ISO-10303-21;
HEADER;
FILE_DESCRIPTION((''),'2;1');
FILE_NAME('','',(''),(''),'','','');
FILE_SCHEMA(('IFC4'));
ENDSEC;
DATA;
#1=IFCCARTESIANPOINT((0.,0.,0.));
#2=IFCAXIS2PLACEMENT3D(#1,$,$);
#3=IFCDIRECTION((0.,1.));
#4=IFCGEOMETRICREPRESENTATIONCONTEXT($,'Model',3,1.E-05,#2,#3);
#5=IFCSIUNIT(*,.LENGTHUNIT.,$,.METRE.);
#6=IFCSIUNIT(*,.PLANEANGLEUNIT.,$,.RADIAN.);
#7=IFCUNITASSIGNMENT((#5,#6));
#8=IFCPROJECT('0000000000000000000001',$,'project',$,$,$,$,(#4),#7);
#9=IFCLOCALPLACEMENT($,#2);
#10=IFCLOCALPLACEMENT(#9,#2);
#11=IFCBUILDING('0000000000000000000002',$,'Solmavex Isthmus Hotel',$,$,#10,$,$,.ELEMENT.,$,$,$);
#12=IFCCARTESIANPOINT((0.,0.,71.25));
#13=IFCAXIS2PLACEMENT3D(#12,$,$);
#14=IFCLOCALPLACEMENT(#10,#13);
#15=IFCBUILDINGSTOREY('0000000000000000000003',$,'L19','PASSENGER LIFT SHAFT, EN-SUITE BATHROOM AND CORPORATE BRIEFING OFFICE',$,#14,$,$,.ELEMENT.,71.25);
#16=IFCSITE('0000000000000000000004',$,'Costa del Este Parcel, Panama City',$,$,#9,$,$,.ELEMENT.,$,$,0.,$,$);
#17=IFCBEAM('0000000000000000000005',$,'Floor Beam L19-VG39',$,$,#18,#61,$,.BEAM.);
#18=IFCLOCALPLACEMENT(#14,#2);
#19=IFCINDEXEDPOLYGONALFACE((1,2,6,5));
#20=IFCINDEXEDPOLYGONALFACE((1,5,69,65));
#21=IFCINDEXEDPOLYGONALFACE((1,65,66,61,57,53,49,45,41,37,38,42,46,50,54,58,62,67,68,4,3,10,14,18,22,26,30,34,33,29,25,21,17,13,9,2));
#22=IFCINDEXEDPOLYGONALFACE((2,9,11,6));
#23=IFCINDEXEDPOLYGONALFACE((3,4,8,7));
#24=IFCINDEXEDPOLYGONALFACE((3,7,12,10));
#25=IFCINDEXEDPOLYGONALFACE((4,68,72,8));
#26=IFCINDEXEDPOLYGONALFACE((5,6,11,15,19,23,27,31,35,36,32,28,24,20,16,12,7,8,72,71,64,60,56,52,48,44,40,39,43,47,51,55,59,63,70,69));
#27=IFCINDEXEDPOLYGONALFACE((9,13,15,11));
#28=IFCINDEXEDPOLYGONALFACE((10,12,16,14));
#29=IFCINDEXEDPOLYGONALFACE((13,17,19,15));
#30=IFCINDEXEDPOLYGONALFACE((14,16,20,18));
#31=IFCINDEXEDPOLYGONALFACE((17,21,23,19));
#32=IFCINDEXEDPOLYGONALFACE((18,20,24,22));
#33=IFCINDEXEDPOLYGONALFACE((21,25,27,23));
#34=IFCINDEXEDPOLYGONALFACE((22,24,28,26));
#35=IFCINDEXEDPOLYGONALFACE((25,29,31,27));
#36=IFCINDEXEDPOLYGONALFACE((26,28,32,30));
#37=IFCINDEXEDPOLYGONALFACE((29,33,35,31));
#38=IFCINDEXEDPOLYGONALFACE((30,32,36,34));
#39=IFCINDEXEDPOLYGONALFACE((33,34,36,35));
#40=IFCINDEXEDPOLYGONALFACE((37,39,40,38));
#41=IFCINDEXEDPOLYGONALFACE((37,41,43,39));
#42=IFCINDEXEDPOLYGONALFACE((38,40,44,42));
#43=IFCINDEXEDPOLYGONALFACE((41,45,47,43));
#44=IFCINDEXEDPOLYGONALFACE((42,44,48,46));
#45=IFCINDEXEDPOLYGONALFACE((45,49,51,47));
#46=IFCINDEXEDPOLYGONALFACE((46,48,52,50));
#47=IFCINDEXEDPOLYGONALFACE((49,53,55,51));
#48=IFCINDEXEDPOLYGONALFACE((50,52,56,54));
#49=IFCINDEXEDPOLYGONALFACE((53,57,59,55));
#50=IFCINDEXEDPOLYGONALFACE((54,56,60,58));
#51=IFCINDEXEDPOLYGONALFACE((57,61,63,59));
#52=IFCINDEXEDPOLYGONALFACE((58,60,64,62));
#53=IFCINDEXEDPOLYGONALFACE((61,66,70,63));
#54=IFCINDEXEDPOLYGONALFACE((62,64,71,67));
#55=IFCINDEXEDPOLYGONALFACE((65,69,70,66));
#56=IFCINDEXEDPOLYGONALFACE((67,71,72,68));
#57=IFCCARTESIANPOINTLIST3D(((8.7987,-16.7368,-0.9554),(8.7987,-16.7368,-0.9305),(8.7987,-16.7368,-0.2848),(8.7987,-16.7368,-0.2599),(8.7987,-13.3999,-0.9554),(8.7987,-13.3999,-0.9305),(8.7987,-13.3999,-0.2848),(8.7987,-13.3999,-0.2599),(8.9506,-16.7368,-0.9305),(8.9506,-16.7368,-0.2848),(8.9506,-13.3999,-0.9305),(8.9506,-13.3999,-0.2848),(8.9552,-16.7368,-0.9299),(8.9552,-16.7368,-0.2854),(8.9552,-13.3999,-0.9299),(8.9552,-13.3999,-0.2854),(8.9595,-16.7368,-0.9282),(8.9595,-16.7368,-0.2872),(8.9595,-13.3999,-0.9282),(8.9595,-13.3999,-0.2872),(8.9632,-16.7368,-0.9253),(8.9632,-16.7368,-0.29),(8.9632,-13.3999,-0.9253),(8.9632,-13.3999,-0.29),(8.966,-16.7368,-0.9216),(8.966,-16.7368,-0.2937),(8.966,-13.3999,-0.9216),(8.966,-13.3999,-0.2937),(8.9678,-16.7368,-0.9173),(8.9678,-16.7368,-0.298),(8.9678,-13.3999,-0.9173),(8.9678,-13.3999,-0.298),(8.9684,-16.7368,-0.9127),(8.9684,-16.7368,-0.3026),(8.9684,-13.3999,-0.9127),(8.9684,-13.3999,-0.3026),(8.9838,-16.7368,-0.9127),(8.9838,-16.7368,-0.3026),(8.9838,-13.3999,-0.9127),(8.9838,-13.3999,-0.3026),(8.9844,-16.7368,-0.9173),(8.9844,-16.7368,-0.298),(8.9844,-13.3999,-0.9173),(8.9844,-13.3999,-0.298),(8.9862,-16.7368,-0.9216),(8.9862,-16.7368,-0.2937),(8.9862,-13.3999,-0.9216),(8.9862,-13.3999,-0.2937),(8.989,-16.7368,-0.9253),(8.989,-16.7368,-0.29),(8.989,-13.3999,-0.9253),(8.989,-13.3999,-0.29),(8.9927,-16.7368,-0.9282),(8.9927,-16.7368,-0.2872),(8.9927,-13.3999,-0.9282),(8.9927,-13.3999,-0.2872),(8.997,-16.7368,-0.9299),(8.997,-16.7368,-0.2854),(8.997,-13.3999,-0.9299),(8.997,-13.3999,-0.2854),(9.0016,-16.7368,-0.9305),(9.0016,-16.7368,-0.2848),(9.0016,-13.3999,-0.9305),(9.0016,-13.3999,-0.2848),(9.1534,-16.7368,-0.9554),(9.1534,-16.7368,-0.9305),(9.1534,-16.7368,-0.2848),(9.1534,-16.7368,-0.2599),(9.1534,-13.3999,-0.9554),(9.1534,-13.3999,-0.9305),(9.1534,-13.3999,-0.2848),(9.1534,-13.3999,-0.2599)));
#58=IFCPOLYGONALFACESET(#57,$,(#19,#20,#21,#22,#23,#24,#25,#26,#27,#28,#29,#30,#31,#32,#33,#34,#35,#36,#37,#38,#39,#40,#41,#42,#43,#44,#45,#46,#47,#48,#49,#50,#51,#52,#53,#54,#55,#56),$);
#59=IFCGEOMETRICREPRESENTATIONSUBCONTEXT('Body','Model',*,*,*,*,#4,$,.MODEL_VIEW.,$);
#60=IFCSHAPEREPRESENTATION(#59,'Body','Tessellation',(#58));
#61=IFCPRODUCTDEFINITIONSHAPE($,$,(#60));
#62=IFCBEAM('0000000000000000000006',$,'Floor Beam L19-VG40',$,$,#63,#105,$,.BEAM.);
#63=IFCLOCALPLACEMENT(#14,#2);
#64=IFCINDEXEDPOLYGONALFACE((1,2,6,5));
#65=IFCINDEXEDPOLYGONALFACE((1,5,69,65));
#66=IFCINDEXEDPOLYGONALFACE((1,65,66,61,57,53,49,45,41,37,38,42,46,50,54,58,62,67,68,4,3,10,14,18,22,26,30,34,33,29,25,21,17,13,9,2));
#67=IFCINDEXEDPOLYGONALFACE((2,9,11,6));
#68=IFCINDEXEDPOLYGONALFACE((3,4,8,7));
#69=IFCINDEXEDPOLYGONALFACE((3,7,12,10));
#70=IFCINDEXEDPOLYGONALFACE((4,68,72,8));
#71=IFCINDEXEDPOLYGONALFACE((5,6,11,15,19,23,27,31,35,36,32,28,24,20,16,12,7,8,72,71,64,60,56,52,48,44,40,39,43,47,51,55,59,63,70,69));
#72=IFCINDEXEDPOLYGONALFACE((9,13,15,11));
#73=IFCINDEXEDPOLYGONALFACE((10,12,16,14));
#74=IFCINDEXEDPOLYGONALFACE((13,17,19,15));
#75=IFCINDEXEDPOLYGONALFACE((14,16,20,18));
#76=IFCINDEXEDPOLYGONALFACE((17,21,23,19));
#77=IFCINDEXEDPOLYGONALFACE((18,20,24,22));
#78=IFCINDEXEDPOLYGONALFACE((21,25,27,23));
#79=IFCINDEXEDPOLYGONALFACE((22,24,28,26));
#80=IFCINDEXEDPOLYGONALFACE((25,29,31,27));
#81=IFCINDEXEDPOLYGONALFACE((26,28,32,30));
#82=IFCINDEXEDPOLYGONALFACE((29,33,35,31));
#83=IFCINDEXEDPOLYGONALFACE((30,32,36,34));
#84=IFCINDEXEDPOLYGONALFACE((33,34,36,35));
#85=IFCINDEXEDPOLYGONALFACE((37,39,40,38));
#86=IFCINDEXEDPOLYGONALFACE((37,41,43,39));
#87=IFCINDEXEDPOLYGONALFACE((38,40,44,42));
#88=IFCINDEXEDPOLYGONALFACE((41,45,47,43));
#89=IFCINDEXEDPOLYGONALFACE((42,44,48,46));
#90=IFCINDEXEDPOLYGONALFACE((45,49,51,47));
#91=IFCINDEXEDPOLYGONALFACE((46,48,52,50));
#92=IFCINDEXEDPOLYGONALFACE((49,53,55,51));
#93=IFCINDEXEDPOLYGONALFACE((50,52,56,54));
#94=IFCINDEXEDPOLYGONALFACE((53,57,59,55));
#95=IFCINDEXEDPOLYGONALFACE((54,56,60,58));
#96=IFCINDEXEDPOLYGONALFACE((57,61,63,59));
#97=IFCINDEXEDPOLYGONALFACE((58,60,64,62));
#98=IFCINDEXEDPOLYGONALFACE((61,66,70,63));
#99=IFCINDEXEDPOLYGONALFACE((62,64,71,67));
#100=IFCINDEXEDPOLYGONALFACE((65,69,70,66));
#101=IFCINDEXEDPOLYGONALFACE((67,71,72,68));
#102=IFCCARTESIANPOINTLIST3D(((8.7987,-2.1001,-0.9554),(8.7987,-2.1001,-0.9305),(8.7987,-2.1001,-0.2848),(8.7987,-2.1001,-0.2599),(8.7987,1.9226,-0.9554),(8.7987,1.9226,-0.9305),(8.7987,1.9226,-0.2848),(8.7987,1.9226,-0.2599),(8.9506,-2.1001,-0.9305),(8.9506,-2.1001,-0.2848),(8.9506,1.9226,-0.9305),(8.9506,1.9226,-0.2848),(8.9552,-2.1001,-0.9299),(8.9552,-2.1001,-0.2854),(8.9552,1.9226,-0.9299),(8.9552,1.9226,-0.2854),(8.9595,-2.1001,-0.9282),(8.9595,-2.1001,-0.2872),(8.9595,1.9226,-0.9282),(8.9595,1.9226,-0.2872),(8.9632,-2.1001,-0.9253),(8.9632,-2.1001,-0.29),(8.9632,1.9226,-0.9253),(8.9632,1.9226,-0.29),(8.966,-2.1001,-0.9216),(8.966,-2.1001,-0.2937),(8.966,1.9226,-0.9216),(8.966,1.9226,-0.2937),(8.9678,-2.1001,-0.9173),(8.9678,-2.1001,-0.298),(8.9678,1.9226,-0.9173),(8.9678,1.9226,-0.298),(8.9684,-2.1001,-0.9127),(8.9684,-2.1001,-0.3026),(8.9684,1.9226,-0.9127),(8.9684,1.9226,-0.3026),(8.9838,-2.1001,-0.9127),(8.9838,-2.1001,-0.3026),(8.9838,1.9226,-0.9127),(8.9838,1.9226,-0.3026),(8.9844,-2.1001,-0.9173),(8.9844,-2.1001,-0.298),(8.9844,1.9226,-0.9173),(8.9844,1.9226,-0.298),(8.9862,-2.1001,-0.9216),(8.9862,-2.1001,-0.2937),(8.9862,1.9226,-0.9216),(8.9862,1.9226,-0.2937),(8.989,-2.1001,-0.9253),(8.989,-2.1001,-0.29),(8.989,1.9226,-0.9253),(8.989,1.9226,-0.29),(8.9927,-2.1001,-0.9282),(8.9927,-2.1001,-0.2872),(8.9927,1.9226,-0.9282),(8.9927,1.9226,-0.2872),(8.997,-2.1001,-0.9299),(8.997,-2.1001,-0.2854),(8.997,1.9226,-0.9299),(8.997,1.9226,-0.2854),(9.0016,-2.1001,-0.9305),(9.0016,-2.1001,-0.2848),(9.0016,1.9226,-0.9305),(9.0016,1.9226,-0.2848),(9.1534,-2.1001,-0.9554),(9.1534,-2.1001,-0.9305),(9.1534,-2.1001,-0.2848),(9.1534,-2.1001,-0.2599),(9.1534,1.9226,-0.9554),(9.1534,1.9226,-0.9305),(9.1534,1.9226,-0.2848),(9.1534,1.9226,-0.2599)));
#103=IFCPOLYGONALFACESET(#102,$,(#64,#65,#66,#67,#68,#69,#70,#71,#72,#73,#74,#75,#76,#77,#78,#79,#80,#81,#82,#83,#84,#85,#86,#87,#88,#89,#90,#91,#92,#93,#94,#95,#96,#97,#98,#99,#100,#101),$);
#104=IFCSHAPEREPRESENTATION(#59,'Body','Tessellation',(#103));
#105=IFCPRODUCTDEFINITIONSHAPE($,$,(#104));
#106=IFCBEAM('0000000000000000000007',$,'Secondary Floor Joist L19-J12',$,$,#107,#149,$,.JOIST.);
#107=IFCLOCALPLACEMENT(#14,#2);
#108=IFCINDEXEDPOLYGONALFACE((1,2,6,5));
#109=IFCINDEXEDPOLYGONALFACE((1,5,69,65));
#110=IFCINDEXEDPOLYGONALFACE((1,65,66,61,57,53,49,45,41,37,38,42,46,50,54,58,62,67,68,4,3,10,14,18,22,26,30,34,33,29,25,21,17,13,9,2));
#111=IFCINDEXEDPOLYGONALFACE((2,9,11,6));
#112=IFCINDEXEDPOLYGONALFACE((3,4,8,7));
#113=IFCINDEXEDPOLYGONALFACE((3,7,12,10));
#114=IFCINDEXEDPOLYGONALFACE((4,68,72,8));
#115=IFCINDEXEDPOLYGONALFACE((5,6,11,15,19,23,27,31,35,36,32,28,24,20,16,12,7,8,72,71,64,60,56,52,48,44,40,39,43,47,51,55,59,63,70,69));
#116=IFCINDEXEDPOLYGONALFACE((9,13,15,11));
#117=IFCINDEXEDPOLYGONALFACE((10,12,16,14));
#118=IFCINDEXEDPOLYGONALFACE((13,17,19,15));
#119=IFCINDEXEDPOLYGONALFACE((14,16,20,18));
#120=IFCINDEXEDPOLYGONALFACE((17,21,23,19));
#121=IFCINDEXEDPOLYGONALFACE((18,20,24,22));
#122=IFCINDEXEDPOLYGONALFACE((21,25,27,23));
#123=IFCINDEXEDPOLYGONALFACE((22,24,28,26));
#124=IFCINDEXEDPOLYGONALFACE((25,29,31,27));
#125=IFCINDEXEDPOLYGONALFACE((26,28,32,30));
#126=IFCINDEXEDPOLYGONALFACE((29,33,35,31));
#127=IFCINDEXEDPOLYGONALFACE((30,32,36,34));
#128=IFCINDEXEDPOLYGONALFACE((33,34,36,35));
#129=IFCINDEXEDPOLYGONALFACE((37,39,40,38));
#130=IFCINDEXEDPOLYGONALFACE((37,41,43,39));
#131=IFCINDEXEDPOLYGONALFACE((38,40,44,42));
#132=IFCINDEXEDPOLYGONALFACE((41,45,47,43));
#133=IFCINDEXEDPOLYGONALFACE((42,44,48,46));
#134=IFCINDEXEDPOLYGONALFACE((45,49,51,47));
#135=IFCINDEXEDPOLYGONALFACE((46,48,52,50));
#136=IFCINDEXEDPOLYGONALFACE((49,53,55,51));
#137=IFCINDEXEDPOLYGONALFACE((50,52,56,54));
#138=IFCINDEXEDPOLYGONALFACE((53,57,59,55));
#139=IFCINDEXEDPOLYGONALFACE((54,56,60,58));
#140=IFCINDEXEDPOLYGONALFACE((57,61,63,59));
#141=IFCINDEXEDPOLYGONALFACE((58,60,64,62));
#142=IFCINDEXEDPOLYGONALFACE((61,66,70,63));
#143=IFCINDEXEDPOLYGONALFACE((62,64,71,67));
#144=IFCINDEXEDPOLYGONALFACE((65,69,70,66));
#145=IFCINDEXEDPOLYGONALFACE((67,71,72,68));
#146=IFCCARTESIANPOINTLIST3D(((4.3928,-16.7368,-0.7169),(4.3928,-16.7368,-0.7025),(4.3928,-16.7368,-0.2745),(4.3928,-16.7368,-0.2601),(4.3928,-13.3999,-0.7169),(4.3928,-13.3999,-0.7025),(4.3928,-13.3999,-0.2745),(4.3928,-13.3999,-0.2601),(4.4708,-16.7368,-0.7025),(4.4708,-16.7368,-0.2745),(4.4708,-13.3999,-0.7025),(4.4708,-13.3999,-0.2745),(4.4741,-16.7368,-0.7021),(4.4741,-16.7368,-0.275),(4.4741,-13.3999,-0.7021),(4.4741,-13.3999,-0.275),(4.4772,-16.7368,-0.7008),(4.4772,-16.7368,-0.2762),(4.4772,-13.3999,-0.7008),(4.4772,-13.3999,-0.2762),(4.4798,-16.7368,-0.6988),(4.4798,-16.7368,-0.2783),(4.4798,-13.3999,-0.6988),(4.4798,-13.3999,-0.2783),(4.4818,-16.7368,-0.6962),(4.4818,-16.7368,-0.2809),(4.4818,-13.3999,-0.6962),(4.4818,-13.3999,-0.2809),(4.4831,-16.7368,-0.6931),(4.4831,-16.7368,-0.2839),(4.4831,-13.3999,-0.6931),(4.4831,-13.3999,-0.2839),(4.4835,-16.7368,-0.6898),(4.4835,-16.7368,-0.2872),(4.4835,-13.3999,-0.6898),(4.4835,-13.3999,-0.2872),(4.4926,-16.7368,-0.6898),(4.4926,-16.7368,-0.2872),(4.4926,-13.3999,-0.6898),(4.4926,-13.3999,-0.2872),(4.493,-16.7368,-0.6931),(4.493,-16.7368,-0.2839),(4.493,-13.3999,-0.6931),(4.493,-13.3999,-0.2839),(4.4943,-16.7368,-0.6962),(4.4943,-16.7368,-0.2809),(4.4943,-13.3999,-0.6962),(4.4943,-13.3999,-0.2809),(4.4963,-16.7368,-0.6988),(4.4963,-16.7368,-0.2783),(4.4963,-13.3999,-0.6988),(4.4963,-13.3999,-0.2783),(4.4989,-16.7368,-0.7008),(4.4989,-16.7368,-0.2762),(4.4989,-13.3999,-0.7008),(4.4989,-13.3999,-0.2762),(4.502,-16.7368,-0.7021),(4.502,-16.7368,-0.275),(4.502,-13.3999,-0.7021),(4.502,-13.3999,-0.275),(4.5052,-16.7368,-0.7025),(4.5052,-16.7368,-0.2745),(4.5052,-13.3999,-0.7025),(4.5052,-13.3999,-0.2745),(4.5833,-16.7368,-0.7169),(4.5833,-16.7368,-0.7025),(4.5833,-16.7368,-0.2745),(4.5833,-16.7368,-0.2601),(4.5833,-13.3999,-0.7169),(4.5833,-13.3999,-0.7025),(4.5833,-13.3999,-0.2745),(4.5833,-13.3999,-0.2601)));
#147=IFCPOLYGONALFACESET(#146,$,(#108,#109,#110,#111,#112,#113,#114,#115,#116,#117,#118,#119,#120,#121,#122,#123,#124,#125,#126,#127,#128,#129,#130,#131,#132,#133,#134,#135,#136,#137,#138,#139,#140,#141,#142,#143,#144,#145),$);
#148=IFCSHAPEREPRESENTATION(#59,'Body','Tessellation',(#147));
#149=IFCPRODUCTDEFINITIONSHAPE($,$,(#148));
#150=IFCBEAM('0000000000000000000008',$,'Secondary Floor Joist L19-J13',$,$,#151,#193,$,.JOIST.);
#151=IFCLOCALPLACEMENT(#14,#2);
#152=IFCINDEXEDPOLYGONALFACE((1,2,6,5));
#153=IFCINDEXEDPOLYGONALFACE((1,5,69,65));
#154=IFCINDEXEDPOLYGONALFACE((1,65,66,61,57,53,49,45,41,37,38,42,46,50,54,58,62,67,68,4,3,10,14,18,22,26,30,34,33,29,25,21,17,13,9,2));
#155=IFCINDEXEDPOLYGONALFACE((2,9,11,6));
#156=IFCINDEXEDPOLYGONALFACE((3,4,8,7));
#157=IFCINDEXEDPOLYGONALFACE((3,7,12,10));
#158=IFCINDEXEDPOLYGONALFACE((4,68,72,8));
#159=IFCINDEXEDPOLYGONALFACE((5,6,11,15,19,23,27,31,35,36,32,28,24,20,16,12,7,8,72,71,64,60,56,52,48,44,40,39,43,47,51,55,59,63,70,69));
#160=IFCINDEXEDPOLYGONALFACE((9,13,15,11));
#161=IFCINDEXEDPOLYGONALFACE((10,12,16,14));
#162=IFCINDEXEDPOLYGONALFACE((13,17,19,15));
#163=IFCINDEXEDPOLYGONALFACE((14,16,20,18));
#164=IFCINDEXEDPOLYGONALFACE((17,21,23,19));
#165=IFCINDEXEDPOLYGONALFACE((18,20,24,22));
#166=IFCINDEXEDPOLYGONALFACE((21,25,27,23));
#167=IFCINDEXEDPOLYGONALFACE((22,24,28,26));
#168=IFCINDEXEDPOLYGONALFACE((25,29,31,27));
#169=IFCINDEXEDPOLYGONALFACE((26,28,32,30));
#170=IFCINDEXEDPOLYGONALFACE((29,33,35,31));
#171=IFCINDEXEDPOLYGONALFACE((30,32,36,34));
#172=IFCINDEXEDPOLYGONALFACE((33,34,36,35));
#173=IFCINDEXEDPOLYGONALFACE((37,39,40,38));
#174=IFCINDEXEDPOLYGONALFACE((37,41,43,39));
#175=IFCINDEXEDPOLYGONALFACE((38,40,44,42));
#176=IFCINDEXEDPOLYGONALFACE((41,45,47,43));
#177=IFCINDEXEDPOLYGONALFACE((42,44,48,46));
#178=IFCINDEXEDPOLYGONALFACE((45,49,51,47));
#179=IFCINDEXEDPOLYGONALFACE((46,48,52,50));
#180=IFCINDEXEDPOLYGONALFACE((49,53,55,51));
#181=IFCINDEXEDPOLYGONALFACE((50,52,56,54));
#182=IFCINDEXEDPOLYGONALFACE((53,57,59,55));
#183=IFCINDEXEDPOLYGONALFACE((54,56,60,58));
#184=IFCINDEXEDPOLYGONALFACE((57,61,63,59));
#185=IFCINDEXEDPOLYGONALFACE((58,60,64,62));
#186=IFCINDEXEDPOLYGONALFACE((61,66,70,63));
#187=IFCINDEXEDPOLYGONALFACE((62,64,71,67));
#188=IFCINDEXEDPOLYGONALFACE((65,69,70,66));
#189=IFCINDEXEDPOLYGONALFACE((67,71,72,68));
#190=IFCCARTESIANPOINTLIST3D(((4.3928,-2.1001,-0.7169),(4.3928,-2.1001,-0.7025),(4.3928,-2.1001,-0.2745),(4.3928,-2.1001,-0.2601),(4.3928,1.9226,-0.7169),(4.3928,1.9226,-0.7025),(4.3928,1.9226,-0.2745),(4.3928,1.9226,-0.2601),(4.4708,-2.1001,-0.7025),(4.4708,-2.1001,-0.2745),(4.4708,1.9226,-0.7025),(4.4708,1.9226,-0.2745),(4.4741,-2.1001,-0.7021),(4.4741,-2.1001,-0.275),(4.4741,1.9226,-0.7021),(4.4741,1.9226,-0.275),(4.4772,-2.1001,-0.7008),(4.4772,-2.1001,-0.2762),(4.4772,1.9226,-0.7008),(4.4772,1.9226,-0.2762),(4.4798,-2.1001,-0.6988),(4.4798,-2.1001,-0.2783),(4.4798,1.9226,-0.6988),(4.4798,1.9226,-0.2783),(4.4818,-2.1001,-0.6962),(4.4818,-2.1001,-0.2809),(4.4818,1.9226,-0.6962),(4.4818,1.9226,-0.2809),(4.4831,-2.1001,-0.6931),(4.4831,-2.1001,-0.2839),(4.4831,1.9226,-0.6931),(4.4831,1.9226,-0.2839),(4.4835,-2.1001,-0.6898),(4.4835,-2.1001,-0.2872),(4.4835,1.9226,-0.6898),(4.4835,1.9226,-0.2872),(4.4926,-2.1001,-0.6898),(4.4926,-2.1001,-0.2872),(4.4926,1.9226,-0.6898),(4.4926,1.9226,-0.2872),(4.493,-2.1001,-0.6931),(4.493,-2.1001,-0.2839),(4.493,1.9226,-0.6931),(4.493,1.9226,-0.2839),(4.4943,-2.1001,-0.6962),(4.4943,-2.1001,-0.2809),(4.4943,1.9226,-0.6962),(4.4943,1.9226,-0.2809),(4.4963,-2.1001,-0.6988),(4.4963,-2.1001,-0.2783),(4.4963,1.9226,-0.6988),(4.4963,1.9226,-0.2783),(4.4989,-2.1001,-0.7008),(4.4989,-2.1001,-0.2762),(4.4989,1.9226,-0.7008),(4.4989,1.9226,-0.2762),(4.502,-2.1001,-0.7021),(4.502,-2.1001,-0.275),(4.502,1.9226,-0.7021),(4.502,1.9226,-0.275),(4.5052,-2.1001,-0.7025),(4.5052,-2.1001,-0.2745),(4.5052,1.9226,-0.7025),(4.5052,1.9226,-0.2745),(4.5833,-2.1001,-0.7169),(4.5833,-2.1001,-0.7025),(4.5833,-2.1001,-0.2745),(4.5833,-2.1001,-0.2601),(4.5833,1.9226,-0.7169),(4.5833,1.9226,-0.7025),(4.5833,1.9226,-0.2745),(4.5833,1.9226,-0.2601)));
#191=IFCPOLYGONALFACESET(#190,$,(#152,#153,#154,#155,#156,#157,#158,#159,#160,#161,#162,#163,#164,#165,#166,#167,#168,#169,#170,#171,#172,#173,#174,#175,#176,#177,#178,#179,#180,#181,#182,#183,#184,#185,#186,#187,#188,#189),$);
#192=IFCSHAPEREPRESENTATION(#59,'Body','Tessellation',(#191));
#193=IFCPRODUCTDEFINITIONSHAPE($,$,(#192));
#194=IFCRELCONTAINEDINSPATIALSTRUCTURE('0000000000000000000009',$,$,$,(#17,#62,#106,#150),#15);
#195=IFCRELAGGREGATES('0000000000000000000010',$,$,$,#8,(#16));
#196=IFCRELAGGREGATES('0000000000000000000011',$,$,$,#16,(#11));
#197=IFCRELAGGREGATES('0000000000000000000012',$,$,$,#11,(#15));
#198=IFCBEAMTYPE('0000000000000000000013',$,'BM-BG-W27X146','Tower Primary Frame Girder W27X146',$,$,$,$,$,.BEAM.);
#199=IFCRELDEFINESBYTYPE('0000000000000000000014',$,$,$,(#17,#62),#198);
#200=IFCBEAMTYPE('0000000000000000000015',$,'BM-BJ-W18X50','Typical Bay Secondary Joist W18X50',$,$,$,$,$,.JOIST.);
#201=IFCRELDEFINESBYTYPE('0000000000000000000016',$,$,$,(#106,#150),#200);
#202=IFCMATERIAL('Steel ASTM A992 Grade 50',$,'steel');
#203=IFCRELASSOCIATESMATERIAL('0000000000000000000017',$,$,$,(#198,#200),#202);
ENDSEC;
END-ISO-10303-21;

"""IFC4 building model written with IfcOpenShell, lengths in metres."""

from ifc_helpers import new_model, si_unit, direction, frame, origin, origin_2d, place, context, subcontext, project, spatial, i_section, extrude, material, material_profile, profile_set, type_object, element, save


model = new_model("IFC4")

# Units and contexts
model_context = context("Model", 3, precision=1e-05, world=origin(), true_north=direction((0.0, 1.0)))
body_context = subcontext(model_context, "Body", "Model", "MODEL_VIEW")
ifc_project = project(units=[si_unit("LENGTHUNIT", "METRE"), si_unit("PLANEANGLEUNIT", "RADIAN")], contexts=[model_context])

# Site, building, storey
site_placement = place(None, origin())
site = spatial("IfcSite", under=ifc_project, at=site_placement, Name="Costa del Este Parcel, Panama City", CompositionType="ELEMENT", RefElevation=0.0)
building_placement = place(site_placement, origin())
building = spatial("IfcBuilding", under=site, at=building_placement, Name="Solmavex Isthmus Hotel", CompositionType="ELEMENT")
storey_placement = place(building_placement, frame((0.0, 0.0, 71.25)))
storey = spatial("IfcBuildingStorey", under=building, at=storey_placement, Name="L19", Description="PASSENGER LIFT SHAFT, EN-SUITE BATHROOM AND CORPORATE BRIEFING OFFICE", CompositionType="ELEMENT", Elevation=71.25)

# Beams
ifc_material_1 = material(Name="Steel ASTM A992 Grade 50", Category="steel")
ifc_material_profile_1 = material_profile(ifc_material_1, i_section(OverallWidth=0.3547, OverallDepth=0.6956, WebThickness=0.0154, FlangeThickness=0.0249, FilletRadius=0.0178, at=origin_2d()), Name="W27X146")
ifc_profile_set_1 = profile_set([ifc_material_profile_1], Name="Steel ASTM A992 Grade 50")
beam_type_1 = type_object("IfcBeamType", Name="BM-BG-W27X146", Description="Tower Primary Frame Girder W27X146", PredefinedType="BEAM", material=ifc_profile_set_1)
beam_1_placement = place(storey_placement, frame((8.9761, -16.7368, -0.6077), z_axis=(0.0, 1.0, 0.0), x_axis=(-1.0, 0.0, 0.0)))
element("IfcBeam", 1, at=beam_1_placement, inside=storey, type_object=beam_type_1, Name="Floor Beam L19-VG39", PredefinedType="BEAM", context=body_context, shape_type="SweptSolid", body=[
    extrude(i_section(OverallWidth=0.3547, OverallDepth=0.6956, WebThickness=0.0154, FlangeThickness=0.0249, FilletRadius=0.0178, at=origin_2d()), origin(), (0.0, 0.0, 1.0), 3.3369),
])
beam_2_placement = place(storey_placement, frame((8.9761, -2.1001, -0.6077), z_axis=(0.0, 1.0, 0.0), x_axis=(-1.0, 0.0, 0.0)))
element("IfcBeam", 2, at=beam_2_placement, inside=storey, type_object=beam_type_1, Name="Floor Beam L19-VG40", PredefinedType="BEAM", context=body_context, shape_type="SweptSolid", body=[
    extrude(i_section(OverallWidth=0.3547, OverallDepth=0.6956, WebThickness=0.0154, FlangeThickness=0.0249, FilletRadius=0.0178, at=origin_2d()), origin(), (0.0, 0.0, 1.0), 4.0227),
])
ifc_material_profile_2 = material_profile(ifc_material_1, i_section(OverallWidth=0.1904, OverallDepth=0.4568, WebThickness=0.009, FlangeThickness=0.0144, FilletRadius=0.0127, at=origin_2d()), Name="W18X50")
ifc_profile_set_2 = profile_set([ifc_material_profile_2], Name="Steel ASTM A992 Grade 50")
beam_type_2 = type_object("IfcBeamType", Name="BM-BJ-W18X50", Description="Typical Bay Secondary Joist W18X50", PredefinedType="JOIST", material=ifc_profile_set_2)
beam_3_placement = place(storey_placement, frame((4.488, -16.7368, -0.4885), z_axis=(0.0, 1.0, 0.0), x_axis=(-1.0, 0.0, 0.0)))
element("IfcBeam", 3, at=beam_3_placement, inside=storey, type_object=beam_type_2, Name="Secondary Floor Joist L19-J12", PredefinedType="JOIST", context=body_context, shape_type="SweptSolid", body=[
    extrude(i_section(OverallWidth=0.1904, OverallDepth=0.4568, WebThickness=0.009, FlangeThickness=0.0144, FilletRadius=0.0127, at=origin_2d()), origin(), (0.0, 0.0, 1.0), 3.3369),
])
beam_4_placement = place(storey_placement, frame((4.488, -2.1001, -0.4885), z_axis=(0.0, 1.0, 0.0), x_axis=(-1.0, 0.0, 0.0)))
element("IfcBeam", 4, at=beam_4_placement, inside=storey, type_object=beam_type_2, Name="Secondary Floor Joist L19-J13", PredefinedType="JOIST", context=body_context, shape_type="SweptSolid", body=[
    extrude(i_section(OverallWidth=0.1904, OverallDepth=0.4568, WebThickness=0.009, FlangeThickness=0.0144, FilletRadius=0.0127, at=origin_2d()), origin(), (0.0, 0.0, 1.0), 4.0227),
])

save(model, "model.ifc")
